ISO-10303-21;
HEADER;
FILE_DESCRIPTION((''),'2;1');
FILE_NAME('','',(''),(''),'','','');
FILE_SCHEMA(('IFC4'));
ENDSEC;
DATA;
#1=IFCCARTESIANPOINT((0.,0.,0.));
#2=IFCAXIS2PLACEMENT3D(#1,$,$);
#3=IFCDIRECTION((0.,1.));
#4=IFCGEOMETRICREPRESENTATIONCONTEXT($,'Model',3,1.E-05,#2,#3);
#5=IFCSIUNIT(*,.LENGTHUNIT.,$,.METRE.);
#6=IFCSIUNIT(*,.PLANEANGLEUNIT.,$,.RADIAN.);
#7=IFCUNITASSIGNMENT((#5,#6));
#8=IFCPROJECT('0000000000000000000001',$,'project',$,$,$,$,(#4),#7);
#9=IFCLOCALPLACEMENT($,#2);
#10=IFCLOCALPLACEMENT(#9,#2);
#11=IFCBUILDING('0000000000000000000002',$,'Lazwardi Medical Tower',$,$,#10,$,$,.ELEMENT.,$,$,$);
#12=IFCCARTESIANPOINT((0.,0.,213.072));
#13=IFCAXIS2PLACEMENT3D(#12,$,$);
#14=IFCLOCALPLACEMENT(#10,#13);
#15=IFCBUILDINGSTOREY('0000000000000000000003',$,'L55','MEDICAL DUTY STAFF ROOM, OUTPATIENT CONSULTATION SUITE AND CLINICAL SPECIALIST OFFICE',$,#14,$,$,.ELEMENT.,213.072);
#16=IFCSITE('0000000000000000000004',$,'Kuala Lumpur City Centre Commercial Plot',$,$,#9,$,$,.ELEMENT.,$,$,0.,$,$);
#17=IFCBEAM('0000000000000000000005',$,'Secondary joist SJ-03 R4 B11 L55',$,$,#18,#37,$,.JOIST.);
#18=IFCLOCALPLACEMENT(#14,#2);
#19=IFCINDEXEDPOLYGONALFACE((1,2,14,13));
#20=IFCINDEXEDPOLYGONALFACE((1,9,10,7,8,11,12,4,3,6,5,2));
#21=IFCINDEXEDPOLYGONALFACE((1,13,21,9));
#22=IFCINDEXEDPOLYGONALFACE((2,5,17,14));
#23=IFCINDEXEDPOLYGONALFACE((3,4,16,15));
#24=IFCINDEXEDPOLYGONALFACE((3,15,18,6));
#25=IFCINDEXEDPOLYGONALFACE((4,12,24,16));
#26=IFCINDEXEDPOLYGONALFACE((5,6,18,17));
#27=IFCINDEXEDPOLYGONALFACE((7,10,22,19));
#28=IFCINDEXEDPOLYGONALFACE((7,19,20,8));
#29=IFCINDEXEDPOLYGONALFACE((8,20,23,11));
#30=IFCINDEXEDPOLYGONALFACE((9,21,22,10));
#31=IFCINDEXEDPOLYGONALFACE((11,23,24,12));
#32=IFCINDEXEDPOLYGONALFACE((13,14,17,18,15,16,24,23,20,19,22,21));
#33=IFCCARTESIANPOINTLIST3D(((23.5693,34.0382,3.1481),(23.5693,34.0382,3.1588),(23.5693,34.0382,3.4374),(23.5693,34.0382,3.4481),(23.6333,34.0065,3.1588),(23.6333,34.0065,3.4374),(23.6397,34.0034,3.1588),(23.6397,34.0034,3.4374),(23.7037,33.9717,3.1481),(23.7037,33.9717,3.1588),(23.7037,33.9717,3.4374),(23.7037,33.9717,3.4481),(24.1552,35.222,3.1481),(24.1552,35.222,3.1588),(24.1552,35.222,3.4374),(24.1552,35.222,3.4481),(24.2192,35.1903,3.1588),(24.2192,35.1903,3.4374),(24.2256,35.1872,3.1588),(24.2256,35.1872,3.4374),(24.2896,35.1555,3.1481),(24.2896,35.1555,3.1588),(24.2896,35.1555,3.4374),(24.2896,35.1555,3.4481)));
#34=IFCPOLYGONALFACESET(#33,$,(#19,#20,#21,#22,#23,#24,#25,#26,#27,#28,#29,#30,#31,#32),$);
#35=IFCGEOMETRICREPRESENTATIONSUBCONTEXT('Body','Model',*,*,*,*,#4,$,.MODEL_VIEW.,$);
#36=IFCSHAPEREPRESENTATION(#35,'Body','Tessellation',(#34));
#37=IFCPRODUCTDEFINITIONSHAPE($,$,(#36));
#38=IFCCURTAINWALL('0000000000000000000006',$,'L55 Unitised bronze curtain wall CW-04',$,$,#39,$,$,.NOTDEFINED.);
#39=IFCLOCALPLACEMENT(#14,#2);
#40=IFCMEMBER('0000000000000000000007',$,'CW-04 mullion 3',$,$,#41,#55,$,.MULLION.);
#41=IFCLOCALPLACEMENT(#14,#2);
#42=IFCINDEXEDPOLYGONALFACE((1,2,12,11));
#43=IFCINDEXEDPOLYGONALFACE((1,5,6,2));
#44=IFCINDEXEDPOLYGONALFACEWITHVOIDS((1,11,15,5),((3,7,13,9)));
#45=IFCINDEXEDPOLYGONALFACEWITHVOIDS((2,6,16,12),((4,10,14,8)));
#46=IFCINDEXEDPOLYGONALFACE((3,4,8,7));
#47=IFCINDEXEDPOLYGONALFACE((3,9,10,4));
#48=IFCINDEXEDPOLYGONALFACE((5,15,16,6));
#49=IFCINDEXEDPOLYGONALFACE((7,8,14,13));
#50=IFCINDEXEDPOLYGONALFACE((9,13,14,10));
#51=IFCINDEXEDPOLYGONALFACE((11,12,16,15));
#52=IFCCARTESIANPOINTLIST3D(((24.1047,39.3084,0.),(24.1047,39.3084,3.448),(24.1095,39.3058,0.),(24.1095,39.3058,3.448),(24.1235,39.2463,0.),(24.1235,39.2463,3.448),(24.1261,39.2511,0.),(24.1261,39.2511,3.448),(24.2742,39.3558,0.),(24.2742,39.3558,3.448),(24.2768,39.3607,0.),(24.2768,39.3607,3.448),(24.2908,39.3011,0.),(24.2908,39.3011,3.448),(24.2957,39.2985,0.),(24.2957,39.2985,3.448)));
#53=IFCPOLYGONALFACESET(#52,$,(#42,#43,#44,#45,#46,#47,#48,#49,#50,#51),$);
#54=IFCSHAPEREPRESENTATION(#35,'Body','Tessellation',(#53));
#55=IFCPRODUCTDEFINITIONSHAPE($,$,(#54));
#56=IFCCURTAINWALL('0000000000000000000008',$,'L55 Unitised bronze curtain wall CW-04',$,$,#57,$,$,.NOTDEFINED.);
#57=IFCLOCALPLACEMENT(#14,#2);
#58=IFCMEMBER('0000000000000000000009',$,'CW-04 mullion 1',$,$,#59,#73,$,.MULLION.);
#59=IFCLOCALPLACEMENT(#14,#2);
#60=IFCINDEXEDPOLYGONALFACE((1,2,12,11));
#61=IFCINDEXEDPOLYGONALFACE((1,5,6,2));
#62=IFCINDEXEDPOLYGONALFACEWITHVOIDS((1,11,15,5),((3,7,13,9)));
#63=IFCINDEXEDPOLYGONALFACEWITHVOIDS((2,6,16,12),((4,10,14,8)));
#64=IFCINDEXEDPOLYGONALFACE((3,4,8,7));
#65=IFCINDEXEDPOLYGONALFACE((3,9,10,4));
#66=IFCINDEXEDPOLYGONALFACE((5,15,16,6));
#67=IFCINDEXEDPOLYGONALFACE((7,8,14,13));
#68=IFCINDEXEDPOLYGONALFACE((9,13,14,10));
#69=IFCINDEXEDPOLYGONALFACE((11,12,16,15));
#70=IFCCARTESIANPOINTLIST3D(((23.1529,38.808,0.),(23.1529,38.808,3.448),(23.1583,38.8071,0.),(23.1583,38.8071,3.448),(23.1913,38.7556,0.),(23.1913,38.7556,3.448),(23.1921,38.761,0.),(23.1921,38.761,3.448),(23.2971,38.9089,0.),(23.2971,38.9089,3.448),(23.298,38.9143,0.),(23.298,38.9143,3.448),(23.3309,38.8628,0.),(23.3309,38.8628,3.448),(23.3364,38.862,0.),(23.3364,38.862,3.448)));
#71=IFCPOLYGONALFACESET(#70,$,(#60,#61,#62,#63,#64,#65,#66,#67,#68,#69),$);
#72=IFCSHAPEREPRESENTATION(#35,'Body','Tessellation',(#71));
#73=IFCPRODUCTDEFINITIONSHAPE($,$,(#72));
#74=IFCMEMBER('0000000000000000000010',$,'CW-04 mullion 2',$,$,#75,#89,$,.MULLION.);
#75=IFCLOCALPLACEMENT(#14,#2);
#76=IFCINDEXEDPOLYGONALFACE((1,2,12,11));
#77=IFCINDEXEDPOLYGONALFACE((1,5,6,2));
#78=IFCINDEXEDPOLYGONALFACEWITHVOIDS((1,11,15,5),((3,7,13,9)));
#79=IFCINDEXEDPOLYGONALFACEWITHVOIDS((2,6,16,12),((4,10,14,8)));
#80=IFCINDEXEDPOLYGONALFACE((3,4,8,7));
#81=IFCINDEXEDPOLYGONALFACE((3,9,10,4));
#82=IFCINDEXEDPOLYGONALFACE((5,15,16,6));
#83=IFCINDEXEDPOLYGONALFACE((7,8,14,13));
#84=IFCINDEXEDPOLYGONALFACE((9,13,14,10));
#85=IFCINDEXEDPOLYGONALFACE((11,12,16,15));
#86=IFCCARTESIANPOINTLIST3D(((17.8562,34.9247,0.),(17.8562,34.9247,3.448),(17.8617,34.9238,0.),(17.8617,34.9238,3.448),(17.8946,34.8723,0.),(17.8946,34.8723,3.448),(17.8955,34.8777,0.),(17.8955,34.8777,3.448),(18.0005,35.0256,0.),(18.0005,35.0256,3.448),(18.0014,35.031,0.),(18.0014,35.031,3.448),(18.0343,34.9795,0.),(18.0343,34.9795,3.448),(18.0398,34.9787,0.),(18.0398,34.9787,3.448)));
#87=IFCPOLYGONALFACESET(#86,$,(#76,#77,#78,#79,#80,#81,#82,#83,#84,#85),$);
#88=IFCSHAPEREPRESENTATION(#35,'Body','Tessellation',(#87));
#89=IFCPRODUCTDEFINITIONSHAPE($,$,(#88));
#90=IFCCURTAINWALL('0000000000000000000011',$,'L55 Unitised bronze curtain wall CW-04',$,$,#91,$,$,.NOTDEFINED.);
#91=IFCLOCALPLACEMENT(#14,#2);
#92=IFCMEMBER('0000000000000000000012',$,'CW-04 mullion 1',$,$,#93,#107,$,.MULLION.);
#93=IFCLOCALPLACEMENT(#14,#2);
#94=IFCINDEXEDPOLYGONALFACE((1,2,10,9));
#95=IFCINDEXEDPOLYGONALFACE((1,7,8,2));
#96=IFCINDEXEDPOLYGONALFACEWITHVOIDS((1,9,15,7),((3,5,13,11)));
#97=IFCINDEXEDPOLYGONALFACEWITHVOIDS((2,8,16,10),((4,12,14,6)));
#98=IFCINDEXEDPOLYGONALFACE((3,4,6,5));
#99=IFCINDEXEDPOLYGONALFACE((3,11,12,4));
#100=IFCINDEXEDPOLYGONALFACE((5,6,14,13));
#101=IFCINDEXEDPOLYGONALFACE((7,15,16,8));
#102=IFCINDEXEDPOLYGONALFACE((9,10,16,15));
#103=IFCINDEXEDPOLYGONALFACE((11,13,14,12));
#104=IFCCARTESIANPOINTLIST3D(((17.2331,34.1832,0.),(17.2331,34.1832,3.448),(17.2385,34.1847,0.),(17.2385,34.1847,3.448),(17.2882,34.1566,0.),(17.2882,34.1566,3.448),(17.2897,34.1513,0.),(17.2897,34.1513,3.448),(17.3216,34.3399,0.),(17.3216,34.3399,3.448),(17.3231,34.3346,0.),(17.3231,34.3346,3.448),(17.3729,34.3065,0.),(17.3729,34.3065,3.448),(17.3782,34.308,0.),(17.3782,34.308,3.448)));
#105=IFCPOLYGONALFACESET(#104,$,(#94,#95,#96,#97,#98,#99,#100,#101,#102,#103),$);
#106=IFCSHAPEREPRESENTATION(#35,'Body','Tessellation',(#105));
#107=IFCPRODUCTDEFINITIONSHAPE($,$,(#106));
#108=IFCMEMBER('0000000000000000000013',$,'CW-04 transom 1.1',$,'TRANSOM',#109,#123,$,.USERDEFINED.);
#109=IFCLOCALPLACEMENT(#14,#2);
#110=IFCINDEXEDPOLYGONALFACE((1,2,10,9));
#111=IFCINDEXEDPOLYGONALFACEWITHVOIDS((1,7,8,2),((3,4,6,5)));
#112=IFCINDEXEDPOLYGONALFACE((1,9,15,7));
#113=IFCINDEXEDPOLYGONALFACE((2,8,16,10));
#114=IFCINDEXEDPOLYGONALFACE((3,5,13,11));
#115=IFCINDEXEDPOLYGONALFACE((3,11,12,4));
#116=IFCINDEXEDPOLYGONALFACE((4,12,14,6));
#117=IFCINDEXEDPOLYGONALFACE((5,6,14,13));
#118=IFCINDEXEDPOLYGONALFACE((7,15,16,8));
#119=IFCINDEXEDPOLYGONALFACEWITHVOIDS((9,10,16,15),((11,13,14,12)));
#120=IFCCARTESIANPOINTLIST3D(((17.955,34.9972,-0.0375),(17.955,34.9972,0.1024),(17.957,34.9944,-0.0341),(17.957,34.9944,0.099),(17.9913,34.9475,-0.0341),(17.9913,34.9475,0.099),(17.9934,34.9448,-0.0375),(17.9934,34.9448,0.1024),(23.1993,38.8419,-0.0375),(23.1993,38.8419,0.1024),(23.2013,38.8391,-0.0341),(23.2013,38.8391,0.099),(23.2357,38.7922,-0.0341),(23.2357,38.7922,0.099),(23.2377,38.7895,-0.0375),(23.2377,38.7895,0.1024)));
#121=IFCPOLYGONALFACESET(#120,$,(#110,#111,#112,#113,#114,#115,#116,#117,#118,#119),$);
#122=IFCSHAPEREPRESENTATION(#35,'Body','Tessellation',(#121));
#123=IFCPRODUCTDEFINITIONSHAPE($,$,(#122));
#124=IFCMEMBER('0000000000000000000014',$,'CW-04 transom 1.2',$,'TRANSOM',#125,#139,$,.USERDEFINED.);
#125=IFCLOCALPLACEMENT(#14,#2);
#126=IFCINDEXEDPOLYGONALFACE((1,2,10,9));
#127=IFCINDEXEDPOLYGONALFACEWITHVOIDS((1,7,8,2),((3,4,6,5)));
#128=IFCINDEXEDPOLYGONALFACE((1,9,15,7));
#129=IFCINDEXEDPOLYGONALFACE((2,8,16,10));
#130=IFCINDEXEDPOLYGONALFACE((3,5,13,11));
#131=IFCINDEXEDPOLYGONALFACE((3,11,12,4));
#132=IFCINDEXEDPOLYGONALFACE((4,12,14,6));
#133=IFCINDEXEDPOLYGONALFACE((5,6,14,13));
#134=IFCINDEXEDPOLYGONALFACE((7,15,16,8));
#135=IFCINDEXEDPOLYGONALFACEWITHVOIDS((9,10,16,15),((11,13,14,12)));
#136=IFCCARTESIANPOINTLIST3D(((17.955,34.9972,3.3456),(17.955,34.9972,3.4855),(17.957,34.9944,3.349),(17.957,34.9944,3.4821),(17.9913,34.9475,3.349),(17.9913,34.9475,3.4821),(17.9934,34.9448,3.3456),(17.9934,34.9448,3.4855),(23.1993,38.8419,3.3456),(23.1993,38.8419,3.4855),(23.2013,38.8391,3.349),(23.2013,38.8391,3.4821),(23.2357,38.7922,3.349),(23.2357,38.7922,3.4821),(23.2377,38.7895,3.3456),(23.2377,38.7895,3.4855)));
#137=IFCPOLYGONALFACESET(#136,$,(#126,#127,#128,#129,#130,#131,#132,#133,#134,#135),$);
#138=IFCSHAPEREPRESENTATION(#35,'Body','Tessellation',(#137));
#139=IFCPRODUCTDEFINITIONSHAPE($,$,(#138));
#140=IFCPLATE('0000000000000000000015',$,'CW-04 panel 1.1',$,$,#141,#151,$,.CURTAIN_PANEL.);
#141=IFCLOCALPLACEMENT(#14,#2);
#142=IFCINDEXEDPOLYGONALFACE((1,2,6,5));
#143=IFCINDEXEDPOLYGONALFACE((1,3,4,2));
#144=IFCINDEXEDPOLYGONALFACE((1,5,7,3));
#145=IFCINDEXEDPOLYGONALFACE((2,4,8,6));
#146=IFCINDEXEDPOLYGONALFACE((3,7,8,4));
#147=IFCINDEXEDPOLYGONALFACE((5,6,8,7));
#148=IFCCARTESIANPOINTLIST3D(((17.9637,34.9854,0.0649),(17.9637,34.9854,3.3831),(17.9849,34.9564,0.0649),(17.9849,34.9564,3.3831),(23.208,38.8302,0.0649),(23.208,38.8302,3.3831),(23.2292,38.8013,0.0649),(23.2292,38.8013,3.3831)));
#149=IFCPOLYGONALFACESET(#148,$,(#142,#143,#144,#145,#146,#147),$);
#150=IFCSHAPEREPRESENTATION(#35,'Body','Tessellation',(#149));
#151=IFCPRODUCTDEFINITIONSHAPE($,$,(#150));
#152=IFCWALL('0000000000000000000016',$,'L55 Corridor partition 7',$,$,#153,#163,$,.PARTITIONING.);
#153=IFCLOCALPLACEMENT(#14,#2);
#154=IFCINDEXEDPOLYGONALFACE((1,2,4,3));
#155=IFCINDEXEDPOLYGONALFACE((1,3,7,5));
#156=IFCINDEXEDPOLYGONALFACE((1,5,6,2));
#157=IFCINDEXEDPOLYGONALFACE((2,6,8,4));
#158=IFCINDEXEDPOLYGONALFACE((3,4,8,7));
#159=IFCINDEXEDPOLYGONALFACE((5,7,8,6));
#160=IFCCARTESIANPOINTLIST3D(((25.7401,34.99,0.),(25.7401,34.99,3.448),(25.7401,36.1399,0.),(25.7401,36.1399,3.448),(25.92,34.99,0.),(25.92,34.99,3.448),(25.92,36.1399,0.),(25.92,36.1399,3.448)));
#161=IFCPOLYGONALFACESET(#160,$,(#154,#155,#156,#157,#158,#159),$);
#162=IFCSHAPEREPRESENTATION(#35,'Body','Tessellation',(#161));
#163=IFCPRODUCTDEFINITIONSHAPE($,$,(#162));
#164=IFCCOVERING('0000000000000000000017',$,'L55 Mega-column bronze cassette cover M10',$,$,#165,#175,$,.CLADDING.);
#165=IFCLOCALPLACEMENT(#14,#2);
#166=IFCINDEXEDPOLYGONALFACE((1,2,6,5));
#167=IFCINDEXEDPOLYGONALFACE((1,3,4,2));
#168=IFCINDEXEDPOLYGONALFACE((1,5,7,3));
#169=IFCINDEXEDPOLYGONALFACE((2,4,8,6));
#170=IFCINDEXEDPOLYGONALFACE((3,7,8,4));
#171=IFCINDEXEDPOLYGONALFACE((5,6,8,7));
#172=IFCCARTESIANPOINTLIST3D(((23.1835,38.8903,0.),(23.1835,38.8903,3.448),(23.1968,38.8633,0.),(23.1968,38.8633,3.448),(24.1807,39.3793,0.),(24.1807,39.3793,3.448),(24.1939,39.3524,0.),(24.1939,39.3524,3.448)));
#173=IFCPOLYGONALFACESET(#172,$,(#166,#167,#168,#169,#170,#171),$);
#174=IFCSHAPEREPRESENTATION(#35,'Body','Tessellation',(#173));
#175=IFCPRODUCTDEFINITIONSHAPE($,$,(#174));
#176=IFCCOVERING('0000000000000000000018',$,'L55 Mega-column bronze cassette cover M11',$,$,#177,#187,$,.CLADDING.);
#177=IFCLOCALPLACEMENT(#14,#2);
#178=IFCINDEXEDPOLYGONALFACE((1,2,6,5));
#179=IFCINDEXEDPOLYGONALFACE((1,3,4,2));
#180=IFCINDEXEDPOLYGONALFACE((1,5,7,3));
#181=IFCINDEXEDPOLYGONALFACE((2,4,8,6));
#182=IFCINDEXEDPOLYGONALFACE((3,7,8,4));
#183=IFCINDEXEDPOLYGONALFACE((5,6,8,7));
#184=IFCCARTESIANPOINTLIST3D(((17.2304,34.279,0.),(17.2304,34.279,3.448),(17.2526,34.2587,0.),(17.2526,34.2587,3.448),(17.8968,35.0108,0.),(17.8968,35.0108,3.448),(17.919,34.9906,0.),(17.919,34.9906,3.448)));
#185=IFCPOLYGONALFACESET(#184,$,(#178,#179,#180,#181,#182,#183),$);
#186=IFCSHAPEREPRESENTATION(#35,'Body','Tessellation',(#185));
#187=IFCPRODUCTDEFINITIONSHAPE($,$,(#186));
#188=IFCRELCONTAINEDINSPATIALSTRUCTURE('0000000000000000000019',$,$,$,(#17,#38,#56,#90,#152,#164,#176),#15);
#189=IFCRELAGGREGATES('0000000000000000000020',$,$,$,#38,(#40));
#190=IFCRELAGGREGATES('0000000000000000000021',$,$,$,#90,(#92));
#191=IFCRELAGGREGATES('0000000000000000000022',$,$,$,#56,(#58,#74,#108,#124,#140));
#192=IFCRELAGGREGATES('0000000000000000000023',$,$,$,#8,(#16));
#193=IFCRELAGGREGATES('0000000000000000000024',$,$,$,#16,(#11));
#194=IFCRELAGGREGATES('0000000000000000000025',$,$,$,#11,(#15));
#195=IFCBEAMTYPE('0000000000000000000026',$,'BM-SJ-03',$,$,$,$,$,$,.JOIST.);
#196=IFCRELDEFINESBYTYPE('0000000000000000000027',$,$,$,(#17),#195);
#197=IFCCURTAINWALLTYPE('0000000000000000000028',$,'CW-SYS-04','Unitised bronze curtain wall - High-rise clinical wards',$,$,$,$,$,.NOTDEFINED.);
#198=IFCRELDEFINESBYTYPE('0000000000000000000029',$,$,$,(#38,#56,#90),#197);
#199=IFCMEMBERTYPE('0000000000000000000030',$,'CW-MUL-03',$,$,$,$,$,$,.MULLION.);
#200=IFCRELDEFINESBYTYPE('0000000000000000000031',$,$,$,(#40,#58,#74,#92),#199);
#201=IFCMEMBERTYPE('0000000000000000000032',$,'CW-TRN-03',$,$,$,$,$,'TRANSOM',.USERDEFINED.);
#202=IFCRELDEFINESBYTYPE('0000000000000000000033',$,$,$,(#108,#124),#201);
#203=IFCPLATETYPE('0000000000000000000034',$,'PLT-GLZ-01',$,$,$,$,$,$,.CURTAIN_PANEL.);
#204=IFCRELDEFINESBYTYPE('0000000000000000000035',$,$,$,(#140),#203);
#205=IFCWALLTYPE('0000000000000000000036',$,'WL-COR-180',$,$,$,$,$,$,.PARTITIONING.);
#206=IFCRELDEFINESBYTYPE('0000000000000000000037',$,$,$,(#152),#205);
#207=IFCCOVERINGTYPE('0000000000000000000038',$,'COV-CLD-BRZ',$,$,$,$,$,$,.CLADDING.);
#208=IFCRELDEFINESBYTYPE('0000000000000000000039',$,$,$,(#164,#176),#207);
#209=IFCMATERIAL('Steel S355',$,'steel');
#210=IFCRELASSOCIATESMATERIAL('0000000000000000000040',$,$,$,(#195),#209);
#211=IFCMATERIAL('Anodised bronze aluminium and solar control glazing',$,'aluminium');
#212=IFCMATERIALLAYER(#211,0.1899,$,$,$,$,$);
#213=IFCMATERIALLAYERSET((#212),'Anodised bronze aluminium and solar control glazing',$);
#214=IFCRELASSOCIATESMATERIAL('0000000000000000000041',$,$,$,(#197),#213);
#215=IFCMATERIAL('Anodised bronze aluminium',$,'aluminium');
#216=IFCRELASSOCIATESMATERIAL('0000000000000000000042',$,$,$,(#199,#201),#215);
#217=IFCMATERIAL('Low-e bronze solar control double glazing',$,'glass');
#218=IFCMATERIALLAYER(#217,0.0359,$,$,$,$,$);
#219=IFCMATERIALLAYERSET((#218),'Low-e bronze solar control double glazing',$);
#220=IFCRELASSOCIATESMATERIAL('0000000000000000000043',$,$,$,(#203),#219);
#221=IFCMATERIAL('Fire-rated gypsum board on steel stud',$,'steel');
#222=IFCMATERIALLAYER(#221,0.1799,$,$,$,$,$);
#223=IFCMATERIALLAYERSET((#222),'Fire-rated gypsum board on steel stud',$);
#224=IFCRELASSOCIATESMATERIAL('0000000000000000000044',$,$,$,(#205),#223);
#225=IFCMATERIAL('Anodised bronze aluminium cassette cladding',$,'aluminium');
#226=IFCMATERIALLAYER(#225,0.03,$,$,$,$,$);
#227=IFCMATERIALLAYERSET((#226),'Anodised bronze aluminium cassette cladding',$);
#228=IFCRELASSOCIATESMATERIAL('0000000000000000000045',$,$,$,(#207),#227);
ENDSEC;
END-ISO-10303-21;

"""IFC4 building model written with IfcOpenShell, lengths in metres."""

from ifc_helpers import new_model, si_unit, direction, frame, frame_2d, origin, origin_2d, place, context, subcontext, project, spatial, rectangle, hollow_rectangle, i_section, extrude, material, layer, layer_set, material_profile, profile_set, type_object, element, aggregate, save


model = new_model("IFC4")

# Units and contexts
model_context = context("Model", 3, precision=1e-05, world=origin(), true_north=direction((0.0, 1.0)))
body_context = subcontext(model_context, "Body", "Model", "MODEL_VIEW")
ifc_project = project(units=[si_unit("LENGTHUNIT", "METRE"), si_unit("PLANEANGLEUNIT", "RADIAN")], contexts=[model_context])

# Site, building, storey
site_placement = place(None, origin())
site = spatial("IfcSite", under=ifc_project, at=site_placement, Name="Kuala Lumpur City Centre Commercial Plot", CompositionType="ELEMENT", RefElevation=0.0)
building_placement = place(site_placement, origin())
building = spatial("IfcBuilding", under=site, at=building_placement, Name="Lazwardi Medical Tower", CompositionType="ELEMENT")
storey_placement = place(building_placement, frame((0.0, 0.0, 213.072)))
storey = spatial("IfcBuildingStorey", under=building, at=storey_placement, Name="L55", Description="MEDICAL DUTY STAFF ROOM, OUTPATIENT CONSULTATION SUITE AND CLINICAL SPECIALIST OFFICE", CompositionType="ELEMENT", Elevation=213.072)

# Beam
ifc_material_1 = material(Name="Steel S355", Category="steel")
ifc_material_profile_1 = material_profile(ifc_material_1, i_section(OverallWidth=0.1499, OverallDepth=0.3, WebThickness=0.0071, FlangeThickness=0.0107, at=origin_2d()), Name="IPE 300")
ifc_profile_set_1 = profile_set([ifc_material_profile_1], Name="Steel S355")
beam_type_1 = type_object("IfcBeamType", Name="BM-SJ-03", PredefinedType="JOIST", material=ifc_profile_set_1)
beam_1_placement = place(storey_placement, frame((24.2224, 35.1887, 3.2981), z_axis=(-0.443587, -0.896231, 0.0), x_axis=(0.896231, -0.443587, 0.0)))
element("IfcBeam", 1, at=beam_1_placement, inside=storey, type_object=beam_type_1, Name="Secondary joist SJ-03 R4 B11 L55", PredefinedType="JOIST", context=body_context, shape_type="SweptSolid", body=[
    extrude(i_section(OverallWidth=0.1499, OverallDepth=0.3, WebThickness=0.0071, FlangeThickness=0.0107, at=origin_2d()), origin(), (0.0, 0.0, 1.0), 1.3208),
])

# Curtain wall, member
ifc_material_2 = material(Name="Anodised bronze aluminium and solar control glazing", Category="aluminium")
ifc_layer_1 = layer(ifc_material_2, 0.1899)
ifc_layer_set_1 = layer_set([ifc_layer_1], Name="Anodised bronze aluminium and solar control glazing")
curtain_wall_type = type_object("IfcCurtainWallType", Name="CW-SYS-04", Description="Unitised bronze curtain wall - High-rise clinical wards", PredefinedType="NOTDEFINED", material=ifc_layer_set_1)
curtain_wall_1_placement = place(storey_placement, origin())
curtain_wall_1 = element("IfcCurtainWall", 2, at=curtain_wall_1_placement, inside=storey, type_object=curtain_wall_type, Name="L55 Unitised bronze curtain wall CW-04", PredefinedType="NOTDEFINED")
ifc_material_3 = material(Name="Anodised bronze aluminium", Category="aluminium")
ifc_material_profile_2 = material_profile(ifc_material_3, hollow_rectangle(XDim=0.0649, YDim=0.1799, WallThickness=0.0039, at=origin_2d()), Name="ALU-MULLION 180x65x4")
ifc_profile_set_2 = profile_set([ifc_material_profile_2], Name="Anodised bronze aluminium")
member_type_1 = type_object("IfcMemberType", Name="CW-MUL-03", PredefinedType="MULLION", material=ifc_profile_set_2)
member_1_placement = place(storey_placement, frame((24.2002, 39.3035, 0.0), z_axis=(0.0, 0.0, 1.0), x_axis=(0.290582, -0.95685, 0.0)))
member_1 = element("IfcMember", 3, at=member_1_placement, type_object=member_type_1, Name="CW-04 mullion 3", PredefinedType="MULLION", context=body_context, shape_type="SweptSolid", body=[
    extrude(hollow_rectangle(XDim=0.0649, YDim=0.1799, WallThickness=0.0039, at=origin_2d()), origin(), (0.0, 0.0, 1.0), 3.448),
])
aggregate(curtain_wall_1, [member_1])

# Curtain wall, members
curtain_wall_2_placement = place(storey_placement, origin())
curtain_wall_2 = element("IfcCurtainWall", 4, at=curtain_wall_2_placement, inside=storey, type_object=curtain_wall_type, Name="L55 Unitised bronze curtain wall CW-04", PredefinedType="NOTDEFINED")
member_2_placement = place(storey_placement, frame((23.2446, 38.835, 0.0), z_axis=(0.0, 0.0, 1.0), x_axis=(0.591268, -0.806475, 0.0)))
member_2 = element("IfcMember", 5, at=member_2_placement, type_object=member_type_1, Name="CW-04 mullion 1", PredefinedType="MULLION", context=body_context, shape_type="SweptSolid", body=[
    extrude(hollow_rectangle(XDim=0.0649, YDim=0.1799, WallThickness=0.0039, at=origin_2d()), origin(), (0.0, 0.0, 1.0), 3.448),
])
member_3_placement = place(storey_placement, frame((17.948, 34.9517, 0.0), z_axis=(0.0, 0.0, 1.0), x_axis=(0.591268, -0.806475, 0.0)))
member_3 = element("IfcMember", 6, at=member_3_placement, type_object=member_type_1, Name="CW-04 mullion 2", PredefinedType="MULLION", context=body_context, shape_type="SweptSolid", body=[
    extrude(hollow_rectangle(XDim=0.0649, YDim=0.1799, WallThickness=0.0039, at=origin_2d()), origin(), (0.0, 0.0, 1.0), 3.448),
])

# Curtain wall, member
curtain_wall_3_placement = place(storey_placement, origin())
curtain_wall_3 = element("IfcCurtainWall", 7, at=curtain_wall_3_placement, inside=storey, type_object=curtain_wall_type, Name="L55 Unitised bronze curtain wall CW-04", PredefinedType="NOTDEFINED")
member_4_placement = place(storey_placement, frame((17.3057, 34.2456, 0.0), z_axis=(0.0, 0.0, 1.0), x_axis=(0.870651, -0.4919, 0.0)))
member_4 = element("IfcMember", 8, at=member_4_placement, type_object=member_type_1, Name="CW-04 mullion 1", PredefinedType="MULLION", context=body_context, shape_type="SweptSolid", body=[
    extrude(hollow_rectangle(XDim=0.0649, YDim=0.1799, WallThickness=0.0039, at=origin_2d()), origin(), (0.0, 0.0, 1.0), 3.448),
])
aggregate(curtain_wall_3, [member_4])

# Members
ifc_material_profile_3 = material_profile(ifc_material_3, hollow_rectangle(XDim=0.0649, YDim=0.1399, WallThickness=0.0034, at=origin_2d()), Name="ALU-TRANSOM 140x65x3.5")
ifc_profile_set_3 = profile_set([ifc_material_profile_3], Name="Anodised bronze aluminium")
member_type_2 = type_object("IfcMemberType", Name="CW-TRN-03", ElementType="TRANSOM", PredefinedType="USERDEFINED", material=ifc_profile_set_3)
member_5_placement = place(storey_placement, frame((23.2185, 38.8157, 0.0325), z_axis=(-0.80649, -0.591248, 0.0), x_axis=(0.591248, -0.80649, 0.0)))
member_5 = element("IfcMember", 9, at=member_5_placement, type_object=member_type_2, Name="CW-04 transom 1.1", ObjectType="TRANSOM", PredefinedType="USERDEFINED", context=body_context, shape_type="SweptSolid", body=[
    extrude(hollow_rectangle(XDim=0.0649, YDim=0.1399, WallThickness=0.0034, at=origin_2d()), origin(), (0.0, 0.0, 1.0), 6.5027),
])
member_6_placement = place(storey_placement, frame((23.2185, 38.8157, 3.4155), z_axis=(-0.80649, -0.591248, 0.0), x_axis=(0.591248, -0.80649, 0.0)))
member_6 = element("IfcMember", 10, at=member_6_placement, type_object=member_type_2, Name="CW-04 transom 1.2", ObjectType="TRANSOM", PredefinedType="USERDEFINED", context=body_context, shape_type="SweptSolid", body=[
    extrude(hollow_rectangle(XDim=0.0649, YDim=0.1399, WallThickness=0.0034, at=origin_2d()), origin(), (0.0, 0.0, 1.0), 6.5027),
])

# Plate
ifc_material_4 = material(Name="Low-e bronze solar control double glazing", Category="glass")
ifc_layer_2 = layer(ifc_material_4, 0.0359)
ifc_layer_set_2 = layer_set([ifc_layer_2], Name="Low-e bronze solar control double glazing")
plate_type = type_object("IfcPlateType", Name="PLT-GLZ-01", PredefinedType="CURTAIN_PANEL", material=ifc_layer_set_2)
plate_placement = place(storey_placement, frame((20.5964, 36.8933, 0.0649), z_axis=(0.0, 0.0, 1.0), x_axis=(-0.806475, -0.591268, 0.0)))
plate = element("IfcPlate", 11, at=plate_placement, type_object=plate_type, Name="CW-04 panel 1.1", PredefinedType="CURTAIN_PANEL", context=body_context, shape_type="SweptSolid", body=[
    extrude(rectangle(XDim=6.5027, YDim=0.0359, at=origin_2d()), origin(), (0.0, 0.0, 1.0), 3.3181),
])
aggregate(curtain_wall_2, [member_2, member_3, member_5, member_6, plate])

# Shared definitions
ifc_material_5 = material(Name="Fire-rated gypsum board on steel stud", Category="steel")
ifc_layer_3 = layer(ifc_material_5, 0.1799)
ifc_layer_set_3 = layer_set([ifc_layer_3], Name="Fire-rated gypsum board on steel stud")
wall_type = type_object("IfcWallType", Name="WL-COR-180", PredefinedType="PARTITIONING", material=ifc_layer_set_3)

# Wall
wall_1_placement = place(storey_placement, frame((25.8301, 36.1399, 0.0), z_axis=(0.0, 0.0, 1.0), x_axis=(0.0, -1.0, 0.0)))
element("IfcWall", 12, at=wall_1_placement, inside=storey, type_object=wall_type, Name="L55 Corridor partition 7", PredefinedType="PARTITIONING", context=body_context, shape_type="SweptSolid", body=[
    extrude(rectangle(XDim=1.1499, YDim=0.1799, at=frame_2d((0.575, 0.0))), origin(), (0.0, 0.0, 1.0), 3.448),
])

# Coverings
ifc_material_6 = material(Name="Anodised bronze aluminium cassette cladding", Category="aluminium")
ifc_layer_4 = layer(ifc_material_6, 0.03)
ifc_layer_set_4 = layer_set([ifc_layer_4], Name="Anodised bronze aluminium cassette cladding")
covering_type = type_object("IfcCoveringType", Name="COV-CLD-BRZ", PredefinedType="CLADDING", material=ifc_layer_set_4)
covering_1_placement = place(storey_placement, frame((23.6887, 39.1213, 0.0), z_axis=(0.0, 0.0, 1.0), x_axis=(-0.89784, -0.440322, 0.0)))
element("IfcCovering", 13, at=covering_1_placement, inside=storey, type_object=covering_type, Name="L55 Mega-column bronze cassette cover M10", PredefinedType="CLADDING", context=body_context, shape_type="SweptSolid", body=[
    extrude(rectangle(XDim=1.1106, YDim=0.03, at=origin_2d()), origin(), (0.0, 0.0, 1.0), 3.448),
])
covering_2_placement = place(storey_placement, frame((17.5747, 34.6348, 0.0), z_axis=(0.0, 0.0, 1.0), x_axis=(-0.673241, -0.739423, 0.0)))
element("IfcCovering", 14, at=covering_2_placement, inside=storey, type_object=covering_type, Name="L55 Mega-column bronze cassette cover M11", PredefinedType="CLADDING", context=body_context, shape_type="SweptSolid", body=[
    extrude(rectangle(XDim=0.9897, YDim=0.03, at=origin_2d()), origin(), (0.0, 0.0, 1.0), 3.448),
])

save(model, "model.ifc")
